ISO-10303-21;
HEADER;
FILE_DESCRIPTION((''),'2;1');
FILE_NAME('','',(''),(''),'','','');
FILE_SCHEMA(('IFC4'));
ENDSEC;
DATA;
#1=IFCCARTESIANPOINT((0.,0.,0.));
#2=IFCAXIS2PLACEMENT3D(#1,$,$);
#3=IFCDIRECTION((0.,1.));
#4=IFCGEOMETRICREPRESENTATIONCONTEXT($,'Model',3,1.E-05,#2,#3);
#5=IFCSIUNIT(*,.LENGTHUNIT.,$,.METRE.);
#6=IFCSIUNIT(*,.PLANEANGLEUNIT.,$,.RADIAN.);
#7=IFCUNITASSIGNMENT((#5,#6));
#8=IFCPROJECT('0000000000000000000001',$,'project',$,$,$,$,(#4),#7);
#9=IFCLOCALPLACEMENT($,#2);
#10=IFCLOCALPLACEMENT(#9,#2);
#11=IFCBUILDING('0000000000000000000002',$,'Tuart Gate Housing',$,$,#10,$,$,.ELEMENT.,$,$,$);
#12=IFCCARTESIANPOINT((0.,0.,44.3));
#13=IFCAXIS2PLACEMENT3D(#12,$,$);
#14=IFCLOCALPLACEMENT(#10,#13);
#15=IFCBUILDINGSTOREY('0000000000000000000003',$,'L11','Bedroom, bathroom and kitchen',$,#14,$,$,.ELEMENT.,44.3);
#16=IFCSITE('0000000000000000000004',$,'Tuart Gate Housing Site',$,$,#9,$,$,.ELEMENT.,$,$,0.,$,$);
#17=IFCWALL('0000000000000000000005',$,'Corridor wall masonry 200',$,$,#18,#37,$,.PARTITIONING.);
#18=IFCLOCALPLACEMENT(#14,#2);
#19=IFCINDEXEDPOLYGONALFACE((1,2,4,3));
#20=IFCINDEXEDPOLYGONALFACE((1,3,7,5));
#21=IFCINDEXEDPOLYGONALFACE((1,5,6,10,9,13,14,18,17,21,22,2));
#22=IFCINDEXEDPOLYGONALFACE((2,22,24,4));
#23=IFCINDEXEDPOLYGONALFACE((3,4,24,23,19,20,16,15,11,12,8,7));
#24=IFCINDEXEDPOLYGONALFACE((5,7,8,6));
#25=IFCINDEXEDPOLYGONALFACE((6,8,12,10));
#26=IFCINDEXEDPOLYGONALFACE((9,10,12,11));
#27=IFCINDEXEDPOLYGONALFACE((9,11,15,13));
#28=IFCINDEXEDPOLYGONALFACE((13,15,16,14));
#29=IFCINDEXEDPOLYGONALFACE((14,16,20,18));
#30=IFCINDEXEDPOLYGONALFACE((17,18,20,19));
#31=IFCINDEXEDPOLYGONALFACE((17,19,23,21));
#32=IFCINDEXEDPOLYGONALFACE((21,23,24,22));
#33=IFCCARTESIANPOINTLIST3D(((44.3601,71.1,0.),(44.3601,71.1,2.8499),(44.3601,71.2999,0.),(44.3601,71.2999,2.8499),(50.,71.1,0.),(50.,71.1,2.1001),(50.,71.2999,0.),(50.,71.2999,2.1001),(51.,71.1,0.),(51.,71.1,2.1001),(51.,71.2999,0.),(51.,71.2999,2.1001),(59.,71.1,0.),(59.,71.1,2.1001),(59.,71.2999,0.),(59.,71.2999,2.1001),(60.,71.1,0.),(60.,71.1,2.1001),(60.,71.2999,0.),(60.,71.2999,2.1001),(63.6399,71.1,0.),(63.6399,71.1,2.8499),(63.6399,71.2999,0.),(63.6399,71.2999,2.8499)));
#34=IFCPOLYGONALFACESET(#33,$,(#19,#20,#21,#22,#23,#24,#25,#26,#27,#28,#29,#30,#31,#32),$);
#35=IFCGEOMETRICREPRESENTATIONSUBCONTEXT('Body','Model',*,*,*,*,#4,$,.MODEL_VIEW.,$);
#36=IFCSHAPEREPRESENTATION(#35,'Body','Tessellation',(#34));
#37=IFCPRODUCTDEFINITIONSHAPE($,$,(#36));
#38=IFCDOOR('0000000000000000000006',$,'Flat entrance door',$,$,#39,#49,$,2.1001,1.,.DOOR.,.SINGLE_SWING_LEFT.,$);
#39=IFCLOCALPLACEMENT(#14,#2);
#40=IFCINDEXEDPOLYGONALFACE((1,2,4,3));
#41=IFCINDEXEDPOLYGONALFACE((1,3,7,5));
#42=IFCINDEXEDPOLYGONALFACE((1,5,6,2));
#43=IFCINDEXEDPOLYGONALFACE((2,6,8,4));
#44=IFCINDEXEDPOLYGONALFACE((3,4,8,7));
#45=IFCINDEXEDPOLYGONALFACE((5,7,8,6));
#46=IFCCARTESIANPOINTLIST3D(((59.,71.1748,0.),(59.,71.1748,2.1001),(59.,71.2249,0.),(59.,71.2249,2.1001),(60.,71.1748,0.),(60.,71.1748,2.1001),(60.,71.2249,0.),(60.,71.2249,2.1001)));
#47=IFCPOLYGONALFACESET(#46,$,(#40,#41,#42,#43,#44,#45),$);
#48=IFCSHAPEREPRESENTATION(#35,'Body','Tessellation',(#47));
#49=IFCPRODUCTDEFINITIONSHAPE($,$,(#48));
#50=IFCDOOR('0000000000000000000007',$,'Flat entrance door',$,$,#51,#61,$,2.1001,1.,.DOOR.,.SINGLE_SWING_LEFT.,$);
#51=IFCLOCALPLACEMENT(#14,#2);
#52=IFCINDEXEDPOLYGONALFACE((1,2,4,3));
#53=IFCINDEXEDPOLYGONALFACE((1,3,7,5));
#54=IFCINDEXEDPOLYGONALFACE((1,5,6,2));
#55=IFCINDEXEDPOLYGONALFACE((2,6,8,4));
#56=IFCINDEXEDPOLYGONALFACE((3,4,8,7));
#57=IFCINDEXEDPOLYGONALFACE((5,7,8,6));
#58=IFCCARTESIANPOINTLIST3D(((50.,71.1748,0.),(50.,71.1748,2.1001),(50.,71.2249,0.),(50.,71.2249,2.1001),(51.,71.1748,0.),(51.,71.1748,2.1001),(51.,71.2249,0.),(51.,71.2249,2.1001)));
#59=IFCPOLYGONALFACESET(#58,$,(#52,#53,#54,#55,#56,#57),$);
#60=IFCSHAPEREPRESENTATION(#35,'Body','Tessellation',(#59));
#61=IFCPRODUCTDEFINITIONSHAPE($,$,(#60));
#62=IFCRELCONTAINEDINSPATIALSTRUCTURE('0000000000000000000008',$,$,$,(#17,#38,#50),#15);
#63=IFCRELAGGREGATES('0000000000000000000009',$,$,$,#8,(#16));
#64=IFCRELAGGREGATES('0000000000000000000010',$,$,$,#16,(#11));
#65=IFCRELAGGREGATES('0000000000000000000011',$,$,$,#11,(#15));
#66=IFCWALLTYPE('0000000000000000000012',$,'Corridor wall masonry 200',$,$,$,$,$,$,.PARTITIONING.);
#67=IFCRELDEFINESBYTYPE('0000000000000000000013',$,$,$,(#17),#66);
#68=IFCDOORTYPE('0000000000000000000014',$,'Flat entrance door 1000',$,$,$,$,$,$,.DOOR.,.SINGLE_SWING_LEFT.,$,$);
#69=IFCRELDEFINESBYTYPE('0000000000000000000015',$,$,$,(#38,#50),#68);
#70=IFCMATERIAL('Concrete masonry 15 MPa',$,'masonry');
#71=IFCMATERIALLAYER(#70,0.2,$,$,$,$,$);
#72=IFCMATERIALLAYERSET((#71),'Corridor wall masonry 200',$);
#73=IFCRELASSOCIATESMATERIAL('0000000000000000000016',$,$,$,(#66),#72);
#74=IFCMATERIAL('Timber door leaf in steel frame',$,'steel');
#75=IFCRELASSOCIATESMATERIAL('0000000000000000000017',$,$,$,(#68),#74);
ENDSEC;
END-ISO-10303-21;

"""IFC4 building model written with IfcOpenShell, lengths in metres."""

from ifc_helpers import new_model, si_unit, direction, frame, frame_2d, origin, place, context, subcontext, project, spatial, rectangle, extrude, material, layer, layer_set, type_object, element, fill, save


model = new_model("IFC4")

# Units and contexts
model_context = context("Model", 3, precision=1e-05, world=origin(), true_north=direction((0.0, 1.0)))
body_context = subcontext(model_context, "Body", "Model", "MODEL_VIEW")
ifc_project = project(units=[si_unit("LENGTHUNIT", "METRE"), si_unit("PLANEANGLEUNIT", "RADIAN")], contexts=[model_context])

# Site, building, storey
site_placement = place(None, origin())
site = spatial("IfcSite", under=ifc_project, at=site_placement, Name="Tuart Gate Housing Site", CompositionType="ELEMENT", RefElevation=0.0)
building_placement = place(site_placement, origin())
building = spatial("IfcBuilding", under=site, at=building_placement, Name="Tuart Gate Housing", CompositionType="ELEMENT")
storey_placement = place(building_placement, frame((0.0, 0.0, 44.3)))
storey = spatial("IfcBuildingStorey", under=building, at=storey_placement, Name="L11", Description="Bedroom, bathroom and kitchen", CompositionType="ELEMENT", Elevation=44.3)

# Wall, openings, doors
ifc_material_1 = material(Name="Concrete masonry 15 MPa", Category="masonry")
ifc_layer_1 = layer(ifc_material_1, 0.2)
ifc_layer_set_1 = layer_set([ifc_layer_1], Name="Corridor wall masonry 200")
wall_type_1 = type_object("IfcWallType", Name="Corridor wall masonry 200", PredefinedType="PARTITIONING", material=ifc_layer_set_1)
wall_1_placement = place(storey_placement, frame((44.3601, 71.2, 0.0), z_axis=(0.0, 0.0, 1.0), x_axis=(1.0, 0.0, 0.0)))
wall_1 = element("IfcWall", 1, at=wall_1_placement, inside=storey, type_object=wall_type_1, Name="Corridor wall masonry 200", PredefinedType="PARTITIONING", context=body_context, shape_type="SweptSolid", body=[
    extrude(rectangle(XDim=19.2798, YDim=0.2, at=frame_2d((9.6399, 0.0))), origin(), (0.0, 0.0, 1.0), 2.8499),
])
opening_1_placement = place(wall_1_placement, frame((14.6399, 0.0, 0.0)))
opening_1 = element("IfcOpeningElement", 2, at=opening_1_placement, cuts=wall_1, PredefinedType="OPENING", context=body_context, shape_type="SweptSolid", body=[
    extrude(rectangle(XDim=1.0, YDim=2.1001, at=frame_2d((0.5, 1.05))), frame((0.0, 0.1099, 0.0), z_axis=(0.0, -1.0, 0.0), x_axis=(1.0, 0.0, 0.0)), (0.0, 0.0, 1.0), 0.22),
])
opening_2_placement = place(wall_1_placement, frame((5.6399, 0.0, 0.0)))
opening_2 = element("IfcOpeningElement", 3, at=opening_2_placement, cuts=wall_1, PredefinedType="OPENING", context=body_context, shape_type="SweptSolid", body=[
    extrude(rectangle(XDim=1.0, YDim=2.1001, at=frame_2d((0.5, 1.05))), frame((0.0, 0.1099, 0.0), z_axis=(0.0, -1.0, 0.0), x_axis=(1.0, 0.0, 0.0)), (0.0, 0.0, 1.0), 0.22),
])
ifc_material_2 = material(Name="Timber door leaf in steel frame", Category="steel")
door_type_1 = type_object("IfcDoorType", Name="Flat entrance door 1000", OperationType="SINGLE_SWING_LEFT", PredefinedType="DOOR", material=ifc_material_2)
door_1_placement = place(opening_1_placement, origin())
door_1 = element("IfcDoor", 4, at=door_1_placement, inside=storey, type_object=door_type_1, Name="Flat entrance door", OperationType="SINGLE_SWING_LEFT", OverallHeight=2.1001, OverallWidth=1.0, PredefinedType="DOOR", context=body_context, shape_type="SweptSolid", body=[
    extrude(rectangle(XDim=1.0, YDim=2.1001, at=frame_2d((0.5, 1.05))), frame((0.0, 0.0249, 0.0), z_axis=(0.0, -1.0, 0.0), x_axis=(1.0, 0.0, 0.0)), (0.0, 0.0, 1.0), 0.05),
])
fill(opening_1, door_1)
door_2_placement = place(opening_2_placement, origin())
door_2 = element("IfcDoor", 5, at=door_2_placement, inside=storey, type_object=door_type_1, Name="Flat entrance door", OperationType="SINGLE_SWING_LEFT", OverallHeight=2.1001, OverallWidth=1.0, PredefinedType="DOOR", context=body_context, shape_type="SweptSolid", body=[
    extrude(rectangle(XDim=1.0, YDim=2.1001, at=frame_2d((0.5, 1.05))), frame((0.0, 0.0249, 0.0), z_axis=(0.0, -1.0, 0.0), x_axis=(1.0, 0.0, 0.0)), (0.0, 0.0, 1.0), 0.05),
])
fill(opening_2, door_2)

save(model, "model.ifc")
